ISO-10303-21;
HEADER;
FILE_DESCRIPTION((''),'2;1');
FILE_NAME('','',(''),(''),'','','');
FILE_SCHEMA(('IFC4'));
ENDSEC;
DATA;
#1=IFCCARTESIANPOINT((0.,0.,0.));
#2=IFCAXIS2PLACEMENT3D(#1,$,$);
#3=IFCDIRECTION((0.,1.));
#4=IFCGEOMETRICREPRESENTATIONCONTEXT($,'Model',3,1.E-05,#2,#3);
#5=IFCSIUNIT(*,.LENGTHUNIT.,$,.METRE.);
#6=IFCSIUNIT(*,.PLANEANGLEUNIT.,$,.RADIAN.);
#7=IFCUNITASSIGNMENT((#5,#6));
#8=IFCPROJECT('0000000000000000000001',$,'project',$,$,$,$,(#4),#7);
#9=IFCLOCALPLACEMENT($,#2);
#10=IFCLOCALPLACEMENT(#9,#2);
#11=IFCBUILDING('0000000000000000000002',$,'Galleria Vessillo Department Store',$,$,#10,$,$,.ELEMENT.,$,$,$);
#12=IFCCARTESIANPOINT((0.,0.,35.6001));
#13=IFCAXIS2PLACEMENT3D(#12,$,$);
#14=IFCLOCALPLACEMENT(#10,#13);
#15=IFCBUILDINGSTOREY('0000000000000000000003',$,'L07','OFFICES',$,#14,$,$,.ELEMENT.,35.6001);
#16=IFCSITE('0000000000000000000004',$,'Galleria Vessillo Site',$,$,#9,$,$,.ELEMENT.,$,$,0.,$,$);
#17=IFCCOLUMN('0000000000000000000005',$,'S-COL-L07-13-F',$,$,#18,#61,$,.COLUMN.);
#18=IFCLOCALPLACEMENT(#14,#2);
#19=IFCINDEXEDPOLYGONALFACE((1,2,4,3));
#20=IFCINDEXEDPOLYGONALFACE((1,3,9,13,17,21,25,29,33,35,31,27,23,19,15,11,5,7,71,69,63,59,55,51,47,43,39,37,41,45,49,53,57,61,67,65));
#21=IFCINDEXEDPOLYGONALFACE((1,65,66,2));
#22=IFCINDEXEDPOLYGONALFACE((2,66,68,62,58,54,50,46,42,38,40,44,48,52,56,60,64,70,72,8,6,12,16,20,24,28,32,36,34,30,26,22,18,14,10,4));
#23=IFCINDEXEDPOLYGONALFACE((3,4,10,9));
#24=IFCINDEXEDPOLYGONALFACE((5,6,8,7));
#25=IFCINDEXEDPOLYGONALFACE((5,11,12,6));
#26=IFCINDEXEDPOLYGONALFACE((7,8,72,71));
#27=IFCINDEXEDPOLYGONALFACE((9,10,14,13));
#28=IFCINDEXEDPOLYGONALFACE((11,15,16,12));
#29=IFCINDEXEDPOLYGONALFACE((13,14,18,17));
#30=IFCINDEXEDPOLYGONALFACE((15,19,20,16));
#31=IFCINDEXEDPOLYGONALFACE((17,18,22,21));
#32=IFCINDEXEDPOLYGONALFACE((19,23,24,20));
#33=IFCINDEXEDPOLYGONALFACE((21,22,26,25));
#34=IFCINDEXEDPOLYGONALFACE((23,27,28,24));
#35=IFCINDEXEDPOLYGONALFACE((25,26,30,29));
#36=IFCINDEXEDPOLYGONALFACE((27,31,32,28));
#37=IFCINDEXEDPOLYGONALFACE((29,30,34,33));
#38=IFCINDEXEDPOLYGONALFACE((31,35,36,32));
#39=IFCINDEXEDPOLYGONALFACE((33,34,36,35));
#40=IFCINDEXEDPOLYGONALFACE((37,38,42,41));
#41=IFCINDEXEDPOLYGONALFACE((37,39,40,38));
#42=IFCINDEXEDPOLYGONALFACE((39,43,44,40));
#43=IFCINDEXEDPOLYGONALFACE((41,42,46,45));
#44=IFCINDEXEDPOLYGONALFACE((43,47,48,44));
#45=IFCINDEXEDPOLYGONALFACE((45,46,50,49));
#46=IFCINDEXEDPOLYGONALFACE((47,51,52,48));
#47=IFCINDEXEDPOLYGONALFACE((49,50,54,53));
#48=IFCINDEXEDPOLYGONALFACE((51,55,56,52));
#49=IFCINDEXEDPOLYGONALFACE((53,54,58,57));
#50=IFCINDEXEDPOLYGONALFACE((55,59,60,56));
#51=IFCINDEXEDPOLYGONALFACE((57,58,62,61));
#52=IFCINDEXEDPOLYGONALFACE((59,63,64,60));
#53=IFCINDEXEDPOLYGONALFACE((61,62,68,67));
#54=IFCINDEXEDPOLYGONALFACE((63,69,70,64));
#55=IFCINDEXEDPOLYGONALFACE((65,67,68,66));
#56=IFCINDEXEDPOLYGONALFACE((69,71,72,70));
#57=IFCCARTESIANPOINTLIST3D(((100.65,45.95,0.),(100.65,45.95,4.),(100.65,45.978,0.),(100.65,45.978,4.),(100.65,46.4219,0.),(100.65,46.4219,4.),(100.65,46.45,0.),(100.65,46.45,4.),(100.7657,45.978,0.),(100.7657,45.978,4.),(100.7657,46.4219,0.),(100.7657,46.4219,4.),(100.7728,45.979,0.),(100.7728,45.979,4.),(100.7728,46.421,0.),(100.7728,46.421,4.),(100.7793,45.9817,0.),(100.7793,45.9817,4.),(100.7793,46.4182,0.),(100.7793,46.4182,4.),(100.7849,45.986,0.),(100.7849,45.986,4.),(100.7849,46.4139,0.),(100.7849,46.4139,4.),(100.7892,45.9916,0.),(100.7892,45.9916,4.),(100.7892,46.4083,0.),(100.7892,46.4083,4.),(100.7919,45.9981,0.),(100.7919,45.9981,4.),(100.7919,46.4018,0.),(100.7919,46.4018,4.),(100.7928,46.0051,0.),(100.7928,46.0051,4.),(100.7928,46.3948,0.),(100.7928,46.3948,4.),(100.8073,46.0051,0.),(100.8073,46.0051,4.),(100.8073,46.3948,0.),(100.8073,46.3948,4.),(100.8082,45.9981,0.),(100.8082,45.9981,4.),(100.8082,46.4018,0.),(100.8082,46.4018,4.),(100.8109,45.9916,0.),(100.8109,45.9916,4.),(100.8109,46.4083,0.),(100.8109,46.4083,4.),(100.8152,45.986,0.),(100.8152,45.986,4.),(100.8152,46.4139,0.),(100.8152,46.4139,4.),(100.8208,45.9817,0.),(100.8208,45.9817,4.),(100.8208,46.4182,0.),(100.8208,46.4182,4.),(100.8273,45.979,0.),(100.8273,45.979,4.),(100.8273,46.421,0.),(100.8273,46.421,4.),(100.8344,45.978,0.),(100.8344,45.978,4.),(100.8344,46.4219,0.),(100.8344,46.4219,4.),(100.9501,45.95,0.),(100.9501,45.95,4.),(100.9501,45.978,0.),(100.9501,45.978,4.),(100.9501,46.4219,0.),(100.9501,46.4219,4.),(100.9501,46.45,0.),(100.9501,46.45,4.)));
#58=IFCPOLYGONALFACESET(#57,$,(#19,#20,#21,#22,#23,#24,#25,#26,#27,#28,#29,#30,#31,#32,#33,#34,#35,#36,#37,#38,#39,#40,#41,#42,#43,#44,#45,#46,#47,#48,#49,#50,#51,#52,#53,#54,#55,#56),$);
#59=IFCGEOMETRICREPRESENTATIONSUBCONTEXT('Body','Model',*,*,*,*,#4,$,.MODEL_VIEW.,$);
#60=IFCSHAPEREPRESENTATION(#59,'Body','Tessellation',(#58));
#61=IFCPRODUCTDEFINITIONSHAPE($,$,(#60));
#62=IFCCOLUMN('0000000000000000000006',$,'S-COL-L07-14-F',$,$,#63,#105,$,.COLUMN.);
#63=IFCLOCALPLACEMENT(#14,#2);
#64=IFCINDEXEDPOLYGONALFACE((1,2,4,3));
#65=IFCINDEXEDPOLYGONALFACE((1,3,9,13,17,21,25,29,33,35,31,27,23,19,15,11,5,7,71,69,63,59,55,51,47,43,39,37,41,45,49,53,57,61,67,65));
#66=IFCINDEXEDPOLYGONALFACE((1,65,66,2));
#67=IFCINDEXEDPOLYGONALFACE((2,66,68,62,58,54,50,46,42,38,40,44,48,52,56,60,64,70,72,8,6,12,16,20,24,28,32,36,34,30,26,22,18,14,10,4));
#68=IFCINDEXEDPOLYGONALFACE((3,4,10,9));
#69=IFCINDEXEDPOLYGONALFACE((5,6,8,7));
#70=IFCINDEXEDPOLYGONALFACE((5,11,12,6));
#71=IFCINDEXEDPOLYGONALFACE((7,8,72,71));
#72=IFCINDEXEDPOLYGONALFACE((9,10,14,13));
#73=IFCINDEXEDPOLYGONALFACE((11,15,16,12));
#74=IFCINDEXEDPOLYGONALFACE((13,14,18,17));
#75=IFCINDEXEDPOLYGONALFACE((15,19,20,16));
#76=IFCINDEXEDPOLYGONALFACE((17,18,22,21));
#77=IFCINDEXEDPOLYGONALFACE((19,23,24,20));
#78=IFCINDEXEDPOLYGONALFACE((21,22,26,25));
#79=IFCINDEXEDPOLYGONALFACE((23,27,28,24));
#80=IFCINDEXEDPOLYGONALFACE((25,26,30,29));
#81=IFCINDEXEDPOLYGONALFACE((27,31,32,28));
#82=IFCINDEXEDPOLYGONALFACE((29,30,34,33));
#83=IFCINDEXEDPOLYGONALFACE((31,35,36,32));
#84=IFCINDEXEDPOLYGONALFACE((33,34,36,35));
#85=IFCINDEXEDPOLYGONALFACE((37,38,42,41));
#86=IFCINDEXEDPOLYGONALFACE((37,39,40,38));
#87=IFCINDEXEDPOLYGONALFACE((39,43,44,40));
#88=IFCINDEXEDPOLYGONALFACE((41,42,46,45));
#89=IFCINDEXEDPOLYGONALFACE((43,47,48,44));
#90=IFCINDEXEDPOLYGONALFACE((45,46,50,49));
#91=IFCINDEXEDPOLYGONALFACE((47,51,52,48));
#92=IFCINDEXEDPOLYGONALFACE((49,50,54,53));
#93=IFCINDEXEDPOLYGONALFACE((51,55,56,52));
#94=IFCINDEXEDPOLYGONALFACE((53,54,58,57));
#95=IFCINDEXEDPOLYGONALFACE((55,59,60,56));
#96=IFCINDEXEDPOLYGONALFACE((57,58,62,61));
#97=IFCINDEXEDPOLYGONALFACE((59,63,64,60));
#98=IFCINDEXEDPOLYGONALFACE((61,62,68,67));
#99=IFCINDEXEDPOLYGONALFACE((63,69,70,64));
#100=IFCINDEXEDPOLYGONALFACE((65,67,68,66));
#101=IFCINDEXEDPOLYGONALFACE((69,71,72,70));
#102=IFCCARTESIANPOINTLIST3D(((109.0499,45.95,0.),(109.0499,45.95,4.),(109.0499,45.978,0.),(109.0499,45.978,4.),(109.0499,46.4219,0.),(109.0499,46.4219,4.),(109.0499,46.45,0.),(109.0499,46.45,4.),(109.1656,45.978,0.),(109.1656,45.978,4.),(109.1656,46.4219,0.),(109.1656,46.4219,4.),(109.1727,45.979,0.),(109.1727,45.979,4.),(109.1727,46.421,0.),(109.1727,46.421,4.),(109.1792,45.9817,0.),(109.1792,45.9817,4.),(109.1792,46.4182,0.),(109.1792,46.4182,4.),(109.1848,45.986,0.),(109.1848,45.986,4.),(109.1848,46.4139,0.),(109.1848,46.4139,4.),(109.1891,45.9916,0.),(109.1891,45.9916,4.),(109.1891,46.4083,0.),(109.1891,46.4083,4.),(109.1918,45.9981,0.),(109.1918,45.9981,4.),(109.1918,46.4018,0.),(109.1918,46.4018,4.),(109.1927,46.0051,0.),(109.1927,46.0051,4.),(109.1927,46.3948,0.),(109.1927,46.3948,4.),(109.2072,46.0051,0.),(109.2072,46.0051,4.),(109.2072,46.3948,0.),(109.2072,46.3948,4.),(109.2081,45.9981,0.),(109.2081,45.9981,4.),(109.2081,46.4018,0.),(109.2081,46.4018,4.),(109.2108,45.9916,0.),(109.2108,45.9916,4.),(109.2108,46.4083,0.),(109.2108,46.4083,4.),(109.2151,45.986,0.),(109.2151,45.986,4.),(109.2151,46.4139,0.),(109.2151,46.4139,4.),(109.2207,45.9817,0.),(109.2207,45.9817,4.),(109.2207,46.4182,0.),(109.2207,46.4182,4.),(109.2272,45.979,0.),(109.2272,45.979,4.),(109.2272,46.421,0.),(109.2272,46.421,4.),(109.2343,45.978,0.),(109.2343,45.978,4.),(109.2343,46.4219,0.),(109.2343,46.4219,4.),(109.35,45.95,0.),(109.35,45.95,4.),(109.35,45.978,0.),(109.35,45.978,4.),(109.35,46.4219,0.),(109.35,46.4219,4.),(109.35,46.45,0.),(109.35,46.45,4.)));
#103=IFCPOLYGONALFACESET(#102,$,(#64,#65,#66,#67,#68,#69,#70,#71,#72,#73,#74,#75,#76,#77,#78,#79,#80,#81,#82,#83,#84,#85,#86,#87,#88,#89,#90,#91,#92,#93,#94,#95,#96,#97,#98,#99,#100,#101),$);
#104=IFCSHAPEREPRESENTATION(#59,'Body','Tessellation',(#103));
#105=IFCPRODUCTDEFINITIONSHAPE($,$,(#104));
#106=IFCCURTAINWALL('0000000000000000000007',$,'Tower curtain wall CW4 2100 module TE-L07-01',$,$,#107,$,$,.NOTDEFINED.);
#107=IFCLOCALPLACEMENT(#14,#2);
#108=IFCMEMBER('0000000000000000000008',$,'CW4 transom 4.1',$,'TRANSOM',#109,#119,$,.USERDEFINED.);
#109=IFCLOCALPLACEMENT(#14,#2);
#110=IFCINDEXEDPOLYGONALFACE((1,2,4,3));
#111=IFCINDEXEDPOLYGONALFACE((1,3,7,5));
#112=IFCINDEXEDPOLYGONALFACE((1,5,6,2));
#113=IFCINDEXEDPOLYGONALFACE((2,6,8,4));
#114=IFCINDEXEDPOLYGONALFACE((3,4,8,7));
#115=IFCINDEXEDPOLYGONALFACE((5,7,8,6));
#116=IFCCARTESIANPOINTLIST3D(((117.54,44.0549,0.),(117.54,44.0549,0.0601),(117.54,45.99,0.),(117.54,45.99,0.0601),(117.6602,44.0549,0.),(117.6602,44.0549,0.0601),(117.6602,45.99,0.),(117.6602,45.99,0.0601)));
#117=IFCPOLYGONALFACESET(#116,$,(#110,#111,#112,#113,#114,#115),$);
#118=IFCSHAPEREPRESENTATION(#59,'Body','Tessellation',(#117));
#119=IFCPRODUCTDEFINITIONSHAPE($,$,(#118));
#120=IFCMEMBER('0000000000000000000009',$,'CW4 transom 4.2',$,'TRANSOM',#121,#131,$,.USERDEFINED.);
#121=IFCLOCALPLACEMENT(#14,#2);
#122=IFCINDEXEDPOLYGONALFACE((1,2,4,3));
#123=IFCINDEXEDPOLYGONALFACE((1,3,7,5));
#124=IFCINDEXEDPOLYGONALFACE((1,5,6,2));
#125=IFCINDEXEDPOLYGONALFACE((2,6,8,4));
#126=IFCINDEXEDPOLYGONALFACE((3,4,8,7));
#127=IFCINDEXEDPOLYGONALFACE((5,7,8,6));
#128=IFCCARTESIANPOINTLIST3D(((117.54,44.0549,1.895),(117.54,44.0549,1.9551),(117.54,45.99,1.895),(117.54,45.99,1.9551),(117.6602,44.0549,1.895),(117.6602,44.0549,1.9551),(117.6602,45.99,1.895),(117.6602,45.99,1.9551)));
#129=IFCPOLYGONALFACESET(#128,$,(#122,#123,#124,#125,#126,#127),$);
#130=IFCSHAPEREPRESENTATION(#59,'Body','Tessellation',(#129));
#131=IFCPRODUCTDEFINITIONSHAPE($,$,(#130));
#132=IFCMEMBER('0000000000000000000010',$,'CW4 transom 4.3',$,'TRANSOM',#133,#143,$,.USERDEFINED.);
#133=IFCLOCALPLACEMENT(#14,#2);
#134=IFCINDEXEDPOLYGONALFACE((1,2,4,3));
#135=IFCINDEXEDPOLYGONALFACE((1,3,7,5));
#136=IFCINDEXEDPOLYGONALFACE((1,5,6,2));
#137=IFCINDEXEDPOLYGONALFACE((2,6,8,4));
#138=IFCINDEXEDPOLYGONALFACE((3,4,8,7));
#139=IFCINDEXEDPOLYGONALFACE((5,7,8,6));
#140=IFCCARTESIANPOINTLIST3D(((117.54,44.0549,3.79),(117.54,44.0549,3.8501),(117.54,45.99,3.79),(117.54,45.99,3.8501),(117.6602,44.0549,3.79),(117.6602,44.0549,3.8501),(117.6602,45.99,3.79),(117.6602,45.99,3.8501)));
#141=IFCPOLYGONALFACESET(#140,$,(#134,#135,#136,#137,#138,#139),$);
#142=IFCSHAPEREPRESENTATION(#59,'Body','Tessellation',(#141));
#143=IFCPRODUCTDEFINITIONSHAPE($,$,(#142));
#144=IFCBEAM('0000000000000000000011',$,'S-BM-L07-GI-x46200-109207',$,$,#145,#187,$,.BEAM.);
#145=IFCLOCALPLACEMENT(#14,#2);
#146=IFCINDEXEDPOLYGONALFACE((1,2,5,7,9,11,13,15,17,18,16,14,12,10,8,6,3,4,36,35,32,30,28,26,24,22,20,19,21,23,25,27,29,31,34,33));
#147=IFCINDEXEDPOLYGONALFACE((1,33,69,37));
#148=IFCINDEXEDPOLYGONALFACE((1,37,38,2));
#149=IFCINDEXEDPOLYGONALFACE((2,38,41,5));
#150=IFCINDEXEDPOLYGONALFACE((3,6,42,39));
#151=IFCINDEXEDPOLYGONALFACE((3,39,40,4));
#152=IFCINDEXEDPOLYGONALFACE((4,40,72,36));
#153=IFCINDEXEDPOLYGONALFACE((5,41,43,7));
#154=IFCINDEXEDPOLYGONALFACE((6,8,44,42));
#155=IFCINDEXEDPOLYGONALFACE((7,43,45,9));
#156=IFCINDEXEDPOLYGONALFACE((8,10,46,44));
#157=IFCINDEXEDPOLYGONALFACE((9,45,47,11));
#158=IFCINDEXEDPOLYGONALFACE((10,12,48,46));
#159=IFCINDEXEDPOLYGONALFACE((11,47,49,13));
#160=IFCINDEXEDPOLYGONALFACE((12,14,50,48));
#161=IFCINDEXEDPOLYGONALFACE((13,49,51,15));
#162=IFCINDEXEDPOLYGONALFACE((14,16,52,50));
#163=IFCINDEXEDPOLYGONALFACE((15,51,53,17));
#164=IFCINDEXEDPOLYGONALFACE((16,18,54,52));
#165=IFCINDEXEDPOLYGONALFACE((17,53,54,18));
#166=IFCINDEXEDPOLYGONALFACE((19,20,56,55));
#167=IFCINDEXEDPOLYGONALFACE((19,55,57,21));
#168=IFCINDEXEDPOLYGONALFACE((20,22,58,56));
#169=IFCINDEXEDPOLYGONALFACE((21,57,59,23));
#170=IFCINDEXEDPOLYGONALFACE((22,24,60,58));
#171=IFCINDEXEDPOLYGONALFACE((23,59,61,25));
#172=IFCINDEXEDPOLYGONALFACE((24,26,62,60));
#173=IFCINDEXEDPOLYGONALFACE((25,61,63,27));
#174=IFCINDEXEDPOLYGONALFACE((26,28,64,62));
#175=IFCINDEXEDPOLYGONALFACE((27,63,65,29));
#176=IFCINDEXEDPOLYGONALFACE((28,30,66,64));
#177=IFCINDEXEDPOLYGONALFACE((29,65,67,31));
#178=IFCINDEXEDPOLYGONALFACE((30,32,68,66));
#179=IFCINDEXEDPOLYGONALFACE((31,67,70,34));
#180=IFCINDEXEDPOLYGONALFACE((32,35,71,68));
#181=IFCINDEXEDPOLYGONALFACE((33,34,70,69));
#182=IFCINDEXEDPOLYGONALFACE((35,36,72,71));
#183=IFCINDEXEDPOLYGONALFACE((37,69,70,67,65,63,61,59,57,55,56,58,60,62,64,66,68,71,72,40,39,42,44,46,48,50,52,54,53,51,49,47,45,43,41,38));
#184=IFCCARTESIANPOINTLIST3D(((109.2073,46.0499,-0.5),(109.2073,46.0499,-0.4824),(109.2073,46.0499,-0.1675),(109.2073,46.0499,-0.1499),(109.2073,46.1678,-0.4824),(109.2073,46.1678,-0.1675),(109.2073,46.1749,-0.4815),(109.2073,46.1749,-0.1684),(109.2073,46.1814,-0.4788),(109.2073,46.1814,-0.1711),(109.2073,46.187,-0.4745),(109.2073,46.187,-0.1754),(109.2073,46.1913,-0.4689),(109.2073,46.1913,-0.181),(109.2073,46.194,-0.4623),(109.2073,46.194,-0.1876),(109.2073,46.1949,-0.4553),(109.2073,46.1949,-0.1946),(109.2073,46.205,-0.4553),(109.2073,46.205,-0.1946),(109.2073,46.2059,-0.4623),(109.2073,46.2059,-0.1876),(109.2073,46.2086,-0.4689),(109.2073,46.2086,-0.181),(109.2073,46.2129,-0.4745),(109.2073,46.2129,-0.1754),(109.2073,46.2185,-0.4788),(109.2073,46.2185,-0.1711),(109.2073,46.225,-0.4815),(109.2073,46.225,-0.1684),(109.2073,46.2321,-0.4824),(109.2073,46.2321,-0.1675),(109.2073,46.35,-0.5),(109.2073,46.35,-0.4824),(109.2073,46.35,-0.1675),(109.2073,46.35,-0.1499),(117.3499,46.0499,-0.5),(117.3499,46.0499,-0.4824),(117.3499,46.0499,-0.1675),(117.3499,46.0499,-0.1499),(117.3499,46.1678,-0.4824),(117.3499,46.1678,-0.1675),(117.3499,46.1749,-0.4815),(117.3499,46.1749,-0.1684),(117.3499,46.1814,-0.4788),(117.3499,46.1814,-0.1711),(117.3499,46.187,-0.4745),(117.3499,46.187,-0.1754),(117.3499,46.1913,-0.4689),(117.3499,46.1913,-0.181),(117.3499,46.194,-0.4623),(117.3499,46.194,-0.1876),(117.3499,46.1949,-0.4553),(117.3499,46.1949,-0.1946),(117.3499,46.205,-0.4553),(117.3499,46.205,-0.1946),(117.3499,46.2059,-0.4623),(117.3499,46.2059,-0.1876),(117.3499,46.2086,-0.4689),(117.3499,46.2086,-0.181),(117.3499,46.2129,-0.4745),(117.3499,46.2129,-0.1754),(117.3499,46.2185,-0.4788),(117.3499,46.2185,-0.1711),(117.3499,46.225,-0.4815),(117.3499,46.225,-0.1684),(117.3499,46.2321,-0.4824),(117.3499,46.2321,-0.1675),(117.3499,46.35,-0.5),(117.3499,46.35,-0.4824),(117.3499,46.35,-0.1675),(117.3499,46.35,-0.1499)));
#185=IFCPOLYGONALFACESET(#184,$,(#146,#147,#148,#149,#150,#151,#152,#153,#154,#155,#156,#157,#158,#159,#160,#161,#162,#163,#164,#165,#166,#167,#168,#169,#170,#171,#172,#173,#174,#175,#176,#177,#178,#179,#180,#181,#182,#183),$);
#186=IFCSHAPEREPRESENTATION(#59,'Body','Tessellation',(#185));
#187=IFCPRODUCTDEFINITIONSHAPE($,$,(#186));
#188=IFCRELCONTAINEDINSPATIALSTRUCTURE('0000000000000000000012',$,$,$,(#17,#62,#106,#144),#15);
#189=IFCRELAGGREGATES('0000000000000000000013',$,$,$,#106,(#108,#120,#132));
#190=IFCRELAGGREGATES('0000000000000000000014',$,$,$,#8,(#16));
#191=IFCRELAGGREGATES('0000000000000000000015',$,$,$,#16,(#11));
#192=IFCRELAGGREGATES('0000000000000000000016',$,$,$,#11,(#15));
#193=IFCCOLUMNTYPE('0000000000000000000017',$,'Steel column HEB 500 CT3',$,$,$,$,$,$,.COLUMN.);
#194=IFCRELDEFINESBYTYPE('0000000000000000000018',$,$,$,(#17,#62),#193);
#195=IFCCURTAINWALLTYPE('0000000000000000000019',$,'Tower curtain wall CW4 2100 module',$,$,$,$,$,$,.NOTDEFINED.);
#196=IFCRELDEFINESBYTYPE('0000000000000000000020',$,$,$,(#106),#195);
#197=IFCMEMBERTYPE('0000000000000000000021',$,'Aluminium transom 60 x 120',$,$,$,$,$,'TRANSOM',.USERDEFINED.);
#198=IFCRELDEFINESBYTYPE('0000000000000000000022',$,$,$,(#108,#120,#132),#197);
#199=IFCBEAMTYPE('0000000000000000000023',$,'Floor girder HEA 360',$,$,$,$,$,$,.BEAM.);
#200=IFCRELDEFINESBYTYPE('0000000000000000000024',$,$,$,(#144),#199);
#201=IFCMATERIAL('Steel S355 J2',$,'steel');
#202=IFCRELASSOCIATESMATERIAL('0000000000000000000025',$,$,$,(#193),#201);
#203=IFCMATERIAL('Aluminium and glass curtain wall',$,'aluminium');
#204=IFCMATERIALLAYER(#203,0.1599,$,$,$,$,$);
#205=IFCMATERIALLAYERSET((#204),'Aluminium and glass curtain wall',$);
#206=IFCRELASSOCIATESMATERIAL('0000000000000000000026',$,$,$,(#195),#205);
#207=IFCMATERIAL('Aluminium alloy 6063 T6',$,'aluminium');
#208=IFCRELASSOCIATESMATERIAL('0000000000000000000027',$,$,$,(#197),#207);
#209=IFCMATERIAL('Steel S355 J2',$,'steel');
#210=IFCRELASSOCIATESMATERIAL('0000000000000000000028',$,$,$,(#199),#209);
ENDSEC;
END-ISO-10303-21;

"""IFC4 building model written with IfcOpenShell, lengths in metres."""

from ifc_helpers import new_model, si_unit, direction, frame, origin, origin_2d, place, context, subcontext, project, spatial, rectangle, i_section, extrude, material, layer, layer_set, material_profile, profile_set, type_object, element, aggregate, save


model = new_model("IFC4")

# Units and contexts
model_context = context("Model", 3, precision=1e-05, world=origin(), true_north=direction((0.0, 1.0)))
body_context = subcontext(model_context, "Body", "Model", "MODEL_VIEW")
ifc_project = project(units=[si_unit("LENGTHUNIT", "METRE"), si_unit("PLANEANGLEUNIT", "RADIAN")], contexts=[model_context])

# Site, building, storey
site_placement = place(None, origin())
site = spatial("IfcSite", under=ifc_project, at=site_placement, Name="Galleria Vessillo Site", CompositionType="ELEMENT", RefElevation=0.0)
building_placement = place(site_placement, origin())
building = spatial("IfcBuilding", under=site, at=building_placement, Name="Galleria Vessillo Department Store", CompositionType="ELEMENT")
storey_placement = place(building_placement, frame((0.0, 0.0, 35.6001)))
storey = spatial("IfcBuildingStorey", under=building, at=storey_placement, Name="L07", Description="OFFICES", CompositionType="ELEMENT", Elevation=35.6001)

# Columns
ifc_material_1 = material(Name="Steel S355 J2", Category="steel")
ifc_material_profile_1 = material_profile(ifc_material_1, i_section(OverallWidth=0.3, OverallDepth=0.5, WebThickness=0.0144, FlangeThickness=0.0281, FilletRadius=0.0271, at=origin_2d()), Name="HEB 500")
ifc_profile_set_1 = profile_set([ifc_material_profile_1], Name="Steel S355 J2")
column_type = type_object("IfcColumnType", Name="Steel column HEB 500 CT3", PredefinedType="COLUMN", material=ifc_profile_set_1)
for number, where, z_axis, x_axis, name in (
    (1, (100.8, 46.2, 0.0), (0.0, 0.0, 1.0), (1.0, 0.0, 0.0), "S-COL-L07-13-F"),
    (2, (109.2, 46.2, 0.0), (0.0, 0.0, 1.0), (1.0, 0.0, 0.0), "S-COL-L07-14-F"),
):
    element("IfcColumn", number, at=place(storey_placement, frame(where, z_axis=z_axis, x_axis=x_axis)), inside=storey, type_object=column_type, Name=name, PredefinedType="COLUMN", context=body_context, shape_type="SweptSolid", body=[
        extrude(i_section(OverallWidth=0.3, OverallDepth=0.5, WebThickness=0.0144, FlangeThickness=0.0281, FilletRadius=0.0271, at=origin_2d()), origin(), (0.0, 0.0, 1.0), 4.0),
    ])

# Curtain wall, members
ifc_material_2 = material(Name="Aluminium and glass curtain wall", Category="aluminium")
ifc_layer_1 = layer(ifc_material_2, 0.1599)
ifc_layer_set_1 = layer_set([ifc_layer_1], Name="Aluminium and glass curtain wall")
curtain_wall_type = type_object("IfcCurtainWallType", Name="Tower curtain wall CW4 2100 module", PredefinedType="NOTDEFINED", material=ifc_layer_set_1)
curtain_wall_placement = place(storey_placement, origin())
curtain_wall = element("IfcCurtainWall", 3, at=curtain_wall_placement, inside=storey, type_object=curtain_wall_type, Name="Tower curtain wall CW4 2100 module TE-L07-01", PredefinedType="NOTDEFINED")
ifc_material_3 = material(Name="Aluminium alloy 6063 T6", Category="aluminium")
ifc_material_profile_2 = material_profile(ifc_material_3, rectangle(XDim=0.1201, YDim=0.0601, at=origin_2d()), Name="AL 60x120")
ifc_profile_set_2 = profile_set([ifc_material_profile_2], Name="Aluminium alloy 6063 T6")
member_type = type_object("IfcMemberType", Name="Aluminium transom 60 x 120", ElementType="TRANSOM", PredefinedType="USERDEFINED", material=ifc_profile_set_2)
member_1_placement = place(storey_placement, frame((117.6001, 44.0549, 0.03), z_axis=(0.0, 1.0, 0.0), x_axis=(-1.0, 0.0, 0.0)))
member_1 = element("IfcMember", 4, at=member_1_placement, type_object=member_type, Name="CW4 transom 4.1", ObjectType="TRANSOM", PredefinedType="USERDEFINED", context=body_context, shape_type="SweptSolid", body=[
    extrude(rectangle(XDim=0.1201, YDim=0.0601, at=origin_2d()), origin(), (0.0, 0.0, 1.0), 1.9351),
])
member_2_placement = place(storey_placement, frame((117.6001, 44.0549, 1.925), z_axis=(0.0, 1.0, 0.0), x_axis=(-1.0, 0.0, 0.0)))
member_2 = element("IfcMember", 5, at=member_2_placement, type_object=member_type, Name="CW4 transom 4.2", ObjectType="TRANSOM", PredefinedType="USERDEFINED", context=body_context, shape_type="SweptSolid", body=[
    extrude(rectangle(XDim=0.1201, YDim=0.0601, at=origin_2d()), origin(), (0.0, 0.0, 1.0), 1.9351),
])
member_3_placement = place(storey_placement, frame((117.6001, 44.0549, 3.8201), z_axis=(0.0, 1.0, 0.0), x_axis=(-1.0, 0.0, 0.0)))
member_3 = element("IfcMember", 6, at=member_3_placement, type_object=member_type, Name="CW4 transom 4.3", ObjectType="TRANSOM", PredefinedType="USERDEFINED", context=body_context, shape_type="SweptSolid", body=[
    extrude(rectangle(XDim=0.1201, YDim=0.0601, at=origin_2d()), origin(), (0.0, 0.0, 1.0), 1.9351),
])

# Beam
ifc_material_4 = material(Name="Steel S355 J2", Category="steel")
ifc_material_profile_3 = material_profile(ifc_material_4, i_section(OverallWidth=0.3, OverallDepth=0.3501, WebThickness=0.01, FlangeThickness=0.0176, FilletRadius=0.0271, at=origin_2d()), Name="HEA 360")
ifc_profile_set_3 = profile_set([ifc_material_profile_3], Name="Steel S355 J2")
beam_type_1 = type_object("IfcBeamType", Name="Floor girder HEA 360", PredefinedType="BEAM", material=ifc_profile_set_3)
beam_1_placement = place(storey_placement, frame((109.2073, 46.2, -0.325), z_axis=(1.0, 0.0, 0.0), x_axis=(0.0, 1.0, 0.0)))
element("IfcBeam", 7, at=beam_1_placement, inside=storey, type_object=beam_type_1, Name="S-BM-L07-GI-x46200-109207", PredefinedType="BEAM", context=body_context, shape_type="SweptSolid", body=[
    extrude(i_section(OverallWidth=0.3, OverallDepth=0.3501, WebThickness=0.01, FlangeThickness=0.0176, FilletRadius=0.0271, at=origin_2d()), origin(), (0.0, 0.0, 1.0), 8.1426),
])

aggregate(curtain_wall, [member_1, member_2, member_3])

save(model, "model.ifc")
